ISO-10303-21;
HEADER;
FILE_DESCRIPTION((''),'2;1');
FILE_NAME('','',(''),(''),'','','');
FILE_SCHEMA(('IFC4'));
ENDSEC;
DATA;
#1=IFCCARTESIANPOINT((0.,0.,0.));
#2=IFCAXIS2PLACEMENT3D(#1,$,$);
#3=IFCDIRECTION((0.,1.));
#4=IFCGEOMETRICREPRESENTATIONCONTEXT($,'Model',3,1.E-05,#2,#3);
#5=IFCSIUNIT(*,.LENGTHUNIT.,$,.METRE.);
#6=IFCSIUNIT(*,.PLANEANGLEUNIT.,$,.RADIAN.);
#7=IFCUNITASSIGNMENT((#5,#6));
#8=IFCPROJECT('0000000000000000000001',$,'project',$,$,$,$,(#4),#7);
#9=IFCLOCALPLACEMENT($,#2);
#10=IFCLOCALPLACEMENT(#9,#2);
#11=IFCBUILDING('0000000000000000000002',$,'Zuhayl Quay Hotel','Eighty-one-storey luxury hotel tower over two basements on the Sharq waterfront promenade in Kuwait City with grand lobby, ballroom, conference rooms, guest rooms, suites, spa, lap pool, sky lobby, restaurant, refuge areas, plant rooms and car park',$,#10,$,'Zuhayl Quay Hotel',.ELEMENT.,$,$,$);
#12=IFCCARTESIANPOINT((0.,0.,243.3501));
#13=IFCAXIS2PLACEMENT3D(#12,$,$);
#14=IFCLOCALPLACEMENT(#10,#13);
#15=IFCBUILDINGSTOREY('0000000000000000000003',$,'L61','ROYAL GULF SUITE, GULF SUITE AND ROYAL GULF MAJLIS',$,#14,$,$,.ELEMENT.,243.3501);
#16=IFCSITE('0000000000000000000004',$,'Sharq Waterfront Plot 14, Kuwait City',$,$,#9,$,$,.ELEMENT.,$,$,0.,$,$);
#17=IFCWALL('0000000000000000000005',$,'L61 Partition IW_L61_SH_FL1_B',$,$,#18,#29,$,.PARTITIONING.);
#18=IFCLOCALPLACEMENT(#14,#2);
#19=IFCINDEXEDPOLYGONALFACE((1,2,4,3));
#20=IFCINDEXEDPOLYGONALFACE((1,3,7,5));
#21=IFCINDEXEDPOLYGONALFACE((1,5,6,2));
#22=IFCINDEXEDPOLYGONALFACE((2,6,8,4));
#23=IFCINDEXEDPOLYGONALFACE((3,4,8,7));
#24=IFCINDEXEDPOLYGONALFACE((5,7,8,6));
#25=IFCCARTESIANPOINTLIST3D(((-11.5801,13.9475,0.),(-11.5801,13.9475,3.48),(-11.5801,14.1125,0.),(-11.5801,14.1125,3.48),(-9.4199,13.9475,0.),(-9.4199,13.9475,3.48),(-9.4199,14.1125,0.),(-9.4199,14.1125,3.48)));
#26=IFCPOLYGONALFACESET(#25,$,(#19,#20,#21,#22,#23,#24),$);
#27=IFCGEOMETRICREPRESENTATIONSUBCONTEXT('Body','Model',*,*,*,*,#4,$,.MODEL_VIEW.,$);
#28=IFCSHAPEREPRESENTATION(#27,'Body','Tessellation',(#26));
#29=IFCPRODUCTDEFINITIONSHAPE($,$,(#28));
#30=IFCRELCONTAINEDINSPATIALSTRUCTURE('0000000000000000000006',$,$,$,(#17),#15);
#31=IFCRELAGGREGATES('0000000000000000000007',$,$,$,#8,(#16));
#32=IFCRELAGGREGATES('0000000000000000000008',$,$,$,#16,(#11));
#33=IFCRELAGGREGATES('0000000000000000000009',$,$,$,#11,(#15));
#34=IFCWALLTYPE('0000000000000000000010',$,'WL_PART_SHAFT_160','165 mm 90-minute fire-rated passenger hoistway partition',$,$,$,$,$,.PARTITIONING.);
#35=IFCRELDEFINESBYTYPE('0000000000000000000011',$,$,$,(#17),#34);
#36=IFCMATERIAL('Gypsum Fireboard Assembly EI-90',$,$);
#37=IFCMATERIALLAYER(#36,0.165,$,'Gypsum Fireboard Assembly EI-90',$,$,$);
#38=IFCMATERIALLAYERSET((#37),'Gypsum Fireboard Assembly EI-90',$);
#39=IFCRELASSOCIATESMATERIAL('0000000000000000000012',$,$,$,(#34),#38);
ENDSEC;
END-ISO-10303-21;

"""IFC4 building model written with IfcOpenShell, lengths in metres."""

from ifc_helpers import new_model, si_unit, direction, frame, frame_2d, origin, place, context, subcontext, project, spatial, rectangle, extrude, material, layer, layer_set, type_object, element, save


model = new_model("IFC4")

# Units and contexts
model_context = context("Model", 3, precision=1e-05, world=origin(), true_north=direction((0.0, 1.0)))
body_context = subcontext(model_context, "Body", "Model", "MODEL_VIEW")
ifc_project = project(units=[si_unit("LENGTHUNIT", "METRE"), si_unit("PLANEANGLEUNIT", "RADIAN")], contexts=[model_context])

# Site, building, storey
site_placement = place(None, origin())
site = spatial("IfcSite", under=ifc_project, at=site_placement, Name="Sharq Waterfront Plot 14, Kuwait City", CompositionType="ELEMENT", RefElevation=0.0)
building_placement = place(site_placement, origin())
building = spatial("IfcBuilding", under=site, at=building_placement, Name="Zuhayl Quay Hotel", Description="Eighty-one-storey luxury hotel tower over two basements on the Sharq waterfront promenade in Kuwait City with grand lobby, ballroom, conference rooms, guest rooms, suites, spa, lap pool, sky lobby, restaurant, refuge areas, plant rooms and car park", LongName="Zuhayl Quay Hotel", CompositionType="ELEMENT")
storey_placement = place(building_placement, frame((0.0, 0.0, 243.3501)))
storey = spatial("IfcBuildingStorey", under=building, at=storey_placement, Name="L61", Description="ROYAL GULF SUITE, GULF SUITE AND ROYAL GULF MAJLIS", CompositionType="ELEMENT", Elevation=243.3501)

# Wall
ifc_material_1 = material(Name="Gypsum Fireboard Assembly EI-90")
ifc_layer_1 = layer(ifc_material_1, 0.165, Name="Gypsum Fireboard Assembly EI-90")
ifc_layer_set_1 = layer_set([ifc_layer_1], Name="Gypsum Fireboard Assembly EI-90")
wall_type_1 = type_object("IfcWallType", Name="WL_PART_SHAFT_160", Description="165 mm 90-minute fire-rated passenger hoistway partition", PredefinedType="PARTITIONING", material=ifc_layer_set_1)
wall_1_placement = place(storey_placement, frame((-11.5801, 14.03, 0.0), z_axis=(0.0, 0.0, 1.0), x_axis=(1.0, 0.0, 0.0)))
element("IfcWall", 1, at=wall_1_placement, inside=storey, type_object=wall_type_1, Name="L61 Partition IW_L61_SH_FL1_B", PredefinedType="PARTITIONING", context=body_context, shape_type="SweptSolid", body=[
    extrude(rectangle(XDim=2.1602, YDim=0.165, at=frame_2d((1.0801, 0.0))), origin(), (0.0, 0.0, 1.0), 3.48),
])

save(model, "model.ifc")
